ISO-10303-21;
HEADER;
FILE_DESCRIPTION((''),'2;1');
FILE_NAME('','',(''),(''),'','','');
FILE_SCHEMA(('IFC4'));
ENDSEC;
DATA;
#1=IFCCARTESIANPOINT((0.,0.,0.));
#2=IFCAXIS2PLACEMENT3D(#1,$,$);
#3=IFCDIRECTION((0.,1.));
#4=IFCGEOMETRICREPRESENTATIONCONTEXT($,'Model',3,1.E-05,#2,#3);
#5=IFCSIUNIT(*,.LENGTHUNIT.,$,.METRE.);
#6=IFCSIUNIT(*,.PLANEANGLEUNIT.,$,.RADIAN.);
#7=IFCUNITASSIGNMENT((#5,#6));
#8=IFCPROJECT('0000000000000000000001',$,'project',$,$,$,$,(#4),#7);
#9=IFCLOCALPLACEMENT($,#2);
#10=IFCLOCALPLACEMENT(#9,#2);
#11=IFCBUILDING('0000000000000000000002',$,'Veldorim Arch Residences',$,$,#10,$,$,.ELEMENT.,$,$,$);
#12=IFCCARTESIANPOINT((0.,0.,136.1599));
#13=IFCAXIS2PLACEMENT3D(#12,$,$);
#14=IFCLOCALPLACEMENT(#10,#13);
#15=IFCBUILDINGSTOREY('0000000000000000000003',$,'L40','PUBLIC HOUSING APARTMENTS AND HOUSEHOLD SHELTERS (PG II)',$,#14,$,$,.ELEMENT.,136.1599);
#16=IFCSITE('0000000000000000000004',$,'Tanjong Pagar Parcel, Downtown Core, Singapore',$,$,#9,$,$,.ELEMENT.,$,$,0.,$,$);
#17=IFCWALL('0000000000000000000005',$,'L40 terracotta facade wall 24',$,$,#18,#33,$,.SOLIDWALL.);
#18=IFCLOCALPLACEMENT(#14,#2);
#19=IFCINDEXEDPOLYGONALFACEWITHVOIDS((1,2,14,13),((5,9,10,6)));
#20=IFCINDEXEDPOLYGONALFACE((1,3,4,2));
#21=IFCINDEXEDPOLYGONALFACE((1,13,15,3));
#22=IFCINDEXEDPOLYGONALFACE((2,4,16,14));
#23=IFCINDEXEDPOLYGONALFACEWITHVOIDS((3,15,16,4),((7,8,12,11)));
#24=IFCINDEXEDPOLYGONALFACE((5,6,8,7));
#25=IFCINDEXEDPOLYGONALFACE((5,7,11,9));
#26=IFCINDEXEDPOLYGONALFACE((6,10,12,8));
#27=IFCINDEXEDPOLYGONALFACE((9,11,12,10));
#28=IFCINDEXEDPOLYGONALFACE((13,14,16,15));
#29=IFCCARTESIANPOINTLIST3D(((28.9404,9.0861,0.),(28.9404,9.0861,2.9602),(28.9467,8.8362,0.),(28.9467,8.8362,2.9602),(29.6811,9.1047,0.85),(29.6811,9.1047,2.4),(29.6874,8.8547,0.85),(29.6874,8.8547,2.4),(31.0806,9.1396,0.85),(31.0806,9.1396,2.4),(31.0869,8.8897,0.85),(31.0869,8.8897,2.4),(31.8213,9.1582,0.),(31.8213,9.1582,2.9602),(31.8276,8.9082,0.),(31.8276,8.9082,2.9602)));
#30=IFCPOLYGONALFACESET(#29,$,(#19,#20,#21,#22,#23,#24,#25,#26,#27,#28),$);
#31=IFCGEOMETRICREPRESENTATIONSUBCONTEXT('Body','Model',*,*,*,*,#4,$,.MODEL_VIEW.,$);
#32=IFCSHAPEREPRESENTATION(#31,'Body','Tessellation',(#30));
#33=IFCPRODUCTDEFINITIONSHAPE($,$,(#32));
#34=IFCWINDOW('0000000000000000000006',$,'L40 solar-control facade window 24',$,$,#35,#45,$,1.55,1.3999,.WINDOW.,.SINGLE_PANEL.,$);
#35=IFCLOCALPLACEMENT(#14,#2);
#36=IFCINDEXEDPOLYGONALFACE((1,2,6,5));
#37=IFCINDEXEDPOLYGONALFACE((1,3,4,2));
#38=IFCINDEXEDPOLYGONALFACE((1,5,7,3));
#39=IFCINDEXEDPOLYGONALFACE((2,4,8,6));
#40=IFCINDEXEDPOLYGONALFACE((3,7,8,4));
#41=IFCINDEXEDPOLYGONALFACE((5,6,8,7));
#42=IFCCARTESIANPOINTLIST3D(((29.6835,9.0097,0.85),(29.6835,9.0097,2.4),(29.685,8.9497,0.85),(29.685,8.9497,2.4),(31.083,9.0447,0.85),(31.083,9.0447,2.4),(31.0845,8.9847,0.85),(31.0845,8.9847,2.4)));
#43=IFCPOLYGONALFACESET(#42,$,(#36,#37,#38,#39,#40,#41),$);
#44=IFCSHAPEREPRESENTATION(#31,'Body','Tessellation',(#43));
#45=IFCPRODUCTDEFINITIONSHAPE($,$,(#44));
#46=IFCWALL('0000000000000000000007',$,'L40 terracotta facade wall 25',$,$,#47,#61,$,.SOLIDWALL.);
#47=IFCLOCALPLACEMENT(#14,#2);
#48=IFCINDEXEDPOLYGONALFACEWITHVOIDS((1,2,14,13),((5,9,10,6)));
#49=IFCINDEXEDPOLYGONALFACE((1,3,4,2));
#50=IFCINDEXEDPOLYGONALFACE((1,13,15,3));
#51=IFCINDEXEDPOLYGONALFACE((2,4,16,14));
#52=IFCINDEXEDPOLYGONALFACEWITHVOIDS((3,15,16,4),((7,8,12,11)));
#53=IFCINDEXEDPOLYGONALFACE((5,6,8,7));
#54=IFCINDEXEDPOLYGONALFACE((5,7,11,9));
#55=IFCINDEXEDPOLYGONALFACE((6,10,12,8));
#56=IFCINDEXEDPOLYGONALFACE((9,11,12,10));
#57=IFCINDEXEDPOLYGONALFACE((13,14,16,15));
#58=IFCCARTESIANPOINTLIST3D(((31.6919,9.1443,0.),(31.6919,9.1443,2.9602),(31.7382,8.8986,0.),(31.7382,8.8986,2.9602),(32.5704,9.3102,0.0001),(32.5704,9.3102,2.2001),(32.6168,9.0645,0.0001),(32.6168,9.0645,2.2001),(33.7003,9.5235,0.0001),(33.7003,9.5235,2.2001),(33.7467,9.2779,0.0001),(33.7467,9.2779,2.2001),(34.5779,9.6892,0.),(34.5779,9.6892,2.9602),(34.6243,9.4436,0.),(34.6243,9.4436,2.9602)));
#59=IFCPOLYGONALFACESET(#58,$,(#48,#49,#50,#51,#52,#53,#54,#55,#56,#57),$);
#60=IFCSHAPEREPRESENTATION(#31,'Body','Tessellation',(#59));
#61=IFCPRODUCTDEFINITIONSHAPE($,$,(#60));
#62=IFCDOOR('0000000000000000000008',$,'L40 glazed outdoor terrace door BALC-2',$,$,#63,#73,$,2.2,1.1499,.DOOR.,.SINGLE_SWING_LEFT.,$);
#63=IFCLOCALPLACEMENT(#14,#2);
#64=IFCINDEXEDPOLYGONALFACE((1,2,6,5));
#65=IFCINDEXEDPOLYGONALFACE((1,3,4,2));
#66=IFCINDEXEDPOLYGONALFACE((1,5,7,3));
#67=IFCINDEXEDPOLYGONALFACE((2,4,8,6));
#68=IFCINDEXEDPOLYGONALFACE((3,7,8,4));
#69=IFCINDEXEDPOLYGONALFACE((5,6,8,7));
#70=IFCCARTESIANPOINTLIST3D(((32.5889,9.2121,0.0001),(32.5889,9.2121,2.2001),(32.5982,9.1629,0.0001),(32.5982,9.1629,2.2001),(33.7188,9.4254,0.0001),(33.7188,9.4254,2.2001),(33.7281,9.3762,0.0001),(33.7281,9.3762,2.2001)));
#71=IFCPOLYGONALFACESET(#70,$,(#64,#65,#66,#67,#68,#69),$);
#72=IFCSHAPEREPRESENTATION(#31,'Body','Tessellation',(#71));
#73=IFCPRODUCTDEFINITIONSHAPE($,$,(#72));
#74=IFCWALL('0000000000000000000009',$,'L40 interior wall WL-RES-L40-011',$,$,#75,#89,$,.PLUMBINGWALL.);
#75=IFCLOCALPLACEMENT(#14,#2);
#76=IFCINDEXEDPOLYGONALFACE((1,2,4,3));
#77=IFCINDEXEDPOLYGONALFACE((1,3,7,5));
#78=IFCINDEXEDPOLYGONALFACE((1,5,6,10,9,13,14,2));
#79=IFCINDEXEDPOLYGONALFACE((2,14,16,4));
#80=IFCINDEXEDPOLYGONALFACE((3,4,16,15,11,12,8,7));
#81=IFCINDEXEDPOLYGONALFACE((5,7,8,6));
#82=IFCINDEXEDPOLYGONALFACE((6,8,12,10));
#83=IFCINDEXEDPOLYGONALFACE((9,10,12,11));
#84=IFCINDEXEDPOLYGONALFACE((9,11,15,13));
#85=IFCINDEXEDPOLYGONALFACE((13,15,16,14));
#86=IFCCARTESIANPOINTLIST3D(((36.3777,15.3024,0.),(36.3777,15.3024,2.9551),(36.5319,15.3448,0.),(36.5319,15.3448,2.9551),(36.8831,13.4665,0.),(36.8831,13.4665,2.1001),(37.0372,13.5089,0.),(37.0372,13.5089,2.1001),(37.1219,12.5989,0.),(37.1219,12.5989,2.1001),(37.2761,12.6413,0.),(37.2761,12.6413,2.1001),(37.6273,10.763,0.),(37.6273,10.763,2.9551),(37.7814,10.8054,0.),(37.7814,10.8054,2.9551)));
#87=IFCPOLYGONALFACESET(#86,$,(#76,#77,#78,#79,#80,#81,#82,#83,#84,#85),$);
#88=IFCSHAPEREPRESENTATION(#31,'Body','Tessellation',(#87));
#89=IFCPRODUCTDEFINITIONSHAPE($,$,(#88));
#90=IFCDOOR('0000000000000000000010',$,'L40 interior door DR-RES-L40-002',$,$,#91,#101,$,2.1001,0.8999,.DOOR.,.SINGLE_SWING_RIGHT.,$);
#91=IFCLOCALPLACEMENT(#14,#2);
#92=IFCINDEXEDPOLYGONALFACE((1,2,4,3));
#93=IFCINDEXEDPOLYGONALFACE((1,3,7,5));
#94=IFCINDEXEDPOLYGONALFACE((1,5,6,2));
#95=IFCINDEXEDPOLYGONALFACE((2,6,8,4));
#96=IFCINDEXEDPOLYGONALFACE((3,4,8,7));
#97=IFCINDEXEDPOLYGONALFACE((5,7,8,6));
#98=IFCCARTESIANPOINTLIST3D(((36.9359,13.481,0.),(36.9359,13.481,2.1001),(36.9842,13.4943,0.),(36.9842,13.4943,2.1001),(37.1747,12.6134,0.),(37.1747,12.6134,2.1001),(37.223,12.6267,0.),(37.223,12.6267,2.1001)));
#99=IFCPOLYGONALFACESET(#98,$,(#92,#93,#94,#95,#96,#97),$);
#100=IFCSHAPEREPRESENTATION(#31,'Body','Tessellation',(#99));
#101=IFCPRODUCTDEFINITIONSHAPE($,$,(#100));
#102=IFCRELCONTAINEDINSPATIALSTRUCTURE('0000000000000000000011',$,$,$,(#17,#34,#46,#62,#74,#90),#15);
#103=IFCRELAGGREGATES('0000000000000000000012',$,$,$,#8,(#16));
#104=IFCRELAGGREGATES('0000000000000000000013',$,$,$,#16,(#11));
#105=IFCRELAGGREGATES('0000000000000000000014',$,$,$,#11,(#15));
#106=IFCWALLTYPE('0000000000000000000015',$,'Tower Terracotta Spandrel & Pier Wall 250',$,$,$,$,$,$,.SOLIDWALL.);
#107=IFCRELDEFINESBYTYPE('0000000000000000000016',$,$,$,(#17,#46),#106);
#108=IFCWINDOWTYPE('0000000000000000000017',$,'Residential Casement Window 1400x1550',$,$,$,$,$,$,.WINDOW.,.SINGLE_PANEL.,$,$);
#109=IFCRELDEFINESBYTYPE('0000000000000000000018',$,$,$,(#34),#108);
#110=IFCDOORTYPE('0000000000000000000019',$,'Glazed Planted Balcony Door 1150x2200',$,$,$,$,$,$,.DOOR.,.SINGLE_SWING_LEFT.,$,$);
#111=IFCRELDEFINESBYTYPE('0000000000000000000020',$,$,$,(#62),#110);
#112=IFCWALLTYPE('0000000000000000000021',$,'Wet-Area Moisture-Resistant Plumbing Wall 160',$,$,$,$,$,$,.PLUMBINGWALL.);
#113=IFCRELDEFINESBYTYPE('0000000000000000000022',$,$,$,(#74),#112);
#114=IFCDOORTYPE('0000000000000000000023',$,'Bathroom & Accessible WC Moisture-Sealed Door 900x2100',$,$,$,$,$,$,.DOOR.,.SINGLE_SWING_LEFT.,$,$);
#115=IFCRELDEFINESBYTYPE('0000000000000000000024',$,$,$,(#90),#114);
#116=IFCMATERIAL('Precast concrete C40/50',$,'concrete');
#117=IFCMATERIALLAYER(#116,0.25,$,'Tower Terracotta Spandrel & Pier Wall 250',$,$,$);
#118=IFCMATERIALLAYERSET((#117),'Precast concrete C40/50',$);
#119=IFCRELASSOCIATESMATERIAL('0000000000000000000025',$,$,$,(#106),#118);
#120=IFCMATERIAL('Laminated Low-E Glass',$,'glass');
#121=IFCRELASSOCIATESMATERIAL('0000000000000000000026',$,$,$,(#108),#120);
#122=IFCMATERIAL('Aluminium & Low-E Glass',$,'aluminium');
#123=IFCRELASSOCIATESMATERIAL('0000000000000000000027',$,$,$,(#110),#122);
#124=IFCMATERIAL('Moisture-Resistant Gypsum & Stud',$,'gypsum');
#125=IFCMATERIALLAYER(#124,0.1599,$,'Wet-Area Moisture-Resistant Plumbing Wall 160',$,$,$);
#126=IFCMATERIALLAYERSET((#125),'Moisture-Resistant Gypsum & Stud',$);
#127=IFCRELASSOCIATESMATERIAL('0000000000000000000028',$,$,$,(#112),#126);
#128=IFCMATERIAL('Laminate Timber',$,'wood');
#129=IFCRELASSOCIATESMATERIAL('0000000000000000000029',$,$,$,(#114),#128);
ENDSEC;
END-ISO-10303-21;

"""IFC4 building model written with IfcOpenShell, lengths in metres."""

from ifc_helpers import new_model, si_unit, direction, frame, frame_2d, origin, place, context, subcontext, project, spatial, rectangle, extrude, material, layer, layer_set, type_object, element, fill, save


model = new_model("IFC4")

# Units and contexts
model_context = context("Model", 3, precision=1e-05, world=origin(), true_north=direction((0.0, 1.0)))
body_context = subcontext(model_context, "Body", "Model", "MODEL_VIEW")
ifc_project = project(units=[si_unit("LENGTHUNIT", "METRE"), si_unit("PLANEANGLEUNIT", "RADIAN")], contexts=[model_context])

# Site, building, storey
site_placement = place(None, origin())
site = spatial("IfcSite", under=ifc_project, at=site_placement, Name="Tanjong Pagar Parcel, Downtown Core, Singapore", CompositionType="ELEMENT", RefElevation=0.0)
building_placement = place(site_placement, origin())
building = spatial("IfcBuilding", under=site, at=building_placement, Name="Veldorim Arch Residences", CompositionType="ELEMENT")
storey_placement = place(building_placement, frame((0.0, 0.0, 136.1599)))
storey = spatial("IfcBuildingStorey", under=building, at=storey_placement, Name="L40", Description="PUBLIC HOUSING APARTMENTS AND HOUSEHOLD SHELTERS (PG II)", CompositionType="ELEMENT", Elevation=136.1599)

# Wall, opening, window
ifc_material_1 = material(Name="Precast concrete C40/50", Category="concrete")
ifc_layer_1 = layer(ifc_material_1, 0.25, Name="Tower Terracotta Spandrel & Pier Wall 250")
ifc_layer_set_1 = layer_set([ifc_layer_1], Name="Precast concrete C40/50")
wall_type_1 = type_object("IfcWallType", Name="Tower Terracotta Spandrel & Pier Wall 250", PredefinedType="SOLIDWALL", material=ifc_layer_set_1)
wall_1_placement = place(storey_placement, frame((31.8245, 9.0332, 0.0), z_axis=(0.0, 0.0, 1.0), x_axis=(-0.999688, -0.024992, 0.0)))
wall_1 = element("IfcWall", 1, at=wall_1_placement, inside=storey, type_object=wall_type_1, Name="L40 terracotta facade wall 24", PredefinedType="SOLIDWALL", context=body_context, shape_type="SweptSolid", body=[
    extrude(rectangle(XDim=2.8818, YDim=0.25, at=frame_2d((1.4409, 0.0))), origin(), (0.0, 0.0, 1.0), 2.9602),
])
opening_1_placement = place(wall_1_placement, frame((0.741, 0.0, 0.8501)))
opening_1 = element("IfcOpeningElement", 2, at=opening_1_placement, cuts=wall_1, PredefinedType="OPENING", context=body_context, shape_type="SweptSolid", body=[
    extrude(rectangle(XDim=1.3999, YDim=1.55, at=frame_2d((0.7, 0.7749))), frame((0.0, 0.135, 0.0), z_axis=(0.0, -1.0, 0.0), x_axis=(1.0, 0.0, 0.0)), (0.0, 0.0, 1.0), 0.27),
])
ifc_material_2 = material(Name="Laminated Low-E Glass", Category="glass")
window_type = type_object("IfcWindowType", Name="Residential Casement Window 1400x1550", PartitioningType="SINGLE_PANEL", PredefinedType="WINDOW", material=ifc_material_2)
window_placement = place(opening_1_placement, origin())
window = element("IfcWindow", 3, at=window_placement, inside=storey, type_object=window_type, Name="L40 solar-control facade window 24", OverallHeight=1.55, OverallWidth=1.3999, PartitioningType="SINGLE_PANEL", PredefinedType="WINDOW", context=body_context, shape_type="SweptSolid", body=[
    extrude(rectangle(XDim=1.3999, YDim=1.55, at=frame_2d((0.7, 0.7749))), frame((0.0, 0.03, 0.0), z_axis=(0.0, -1.0, 0.0), x_axis=(1.0, 0.0, 0.0)), (0.0, 0.0, 1.0), 0.0601),
])
fill(opening_1, window)

# Walls, openings, doors
wall_2_placement = place(storey_placement, frame((34.6011, 9.5664, 0.0), z_axis=(0.0, 0.0, 1.0), x_axis=(-0.982637, -0.185538, 0.0)))
wall_2 = element("IfcWall", 4, at=wall_2_placement, inside=storey, type_object=wall_type_1, Name="L40 terracotta facade wall 25", PredefinedType="SOLIDWALL", context=body_context, shape_type="SweptSolid", body=[
    extrude(rectangle(XDim=2.937, YDim=0.25, at=frame_2d((1.4685, 0.0))), origin(), (0.0, 0.0, 1.0), 2.9602),
])
opening_2_placement = place(wall_2_placement, frame((0.8931, 0.0, 0.0)))
opening_2 = element("IfcOpeningElement", 5, at=opening_2_placement, cuts=wall_2, PredefinedType="OPENING", context=body_context, shape_type="SweptSolid", body=[
    extrude(rectangle(XDim=1.1499, YDim=2.2, at=frame_2d((0.575, 1.1001))), frame((0.0, 0.135, 0.0), z_axis=(0.0, -1.0, 0.0), x_axis=(1.0, 0.0, 0.0)), (0.0, 0.0, 1.0), 0.27),
])
ifc_material_3 = material(Name="Aluminium & Low-E Glass", Category="aluminium")
door_type_1 = type_object("IfcDoorType", Name="Glazed Planted Balcony Door 1150x2200", OperationType="SINGLE_SWING_LEFT", PredefinedType="DOOR", material=ifc_material_3)
door_1_placement = place(opening_2_placement, origin())
door_1 = element("IfcDoor", 6, at=door_1_placement, inside=storey, type_object=door_type_1, Name="L40 glazed outdoor terrace door BALC-2", OperationType="SINGLE_SWING_LEFT", OverallHeight=2.2, OverallWidth=1.1499, PredefinedType="DOOR", context=body_context, shape_type="SweptSolid", body=[
    extrude(rectangle(XDim=1.1499, YDim=2.2, at=frame_2d((0.575, 1.1001))), frame((0.0, 0.0249, 0.0), z_axis=(0.0, -1.0, 0.0), x_axis=(1.0, 0.0, 0.0)), (0.0, 0.0, 1.0), 0.05),
])
fill(opening_2, door_1)
ifc_material_4 = material(Name="Moisture-Resistant Gypsum & Stud", Category="gypsum")
ifc_layer_2 = layer(ifc_material_4, 0.1599, Name="Wet-Area Moisture-Resistant Plumbing Wall 160")
ifc_layer_set_2 = layer_set([ifc_layer_2], Name="Moisture-Resistant Gypsum & Stud")
wall_type_2 = type_object("IfcWallType", Name="Wet-Area Moisture-Resistant Plumbing Wall 160", PredefinedType="PLUMBINGWALL", material=ifc_layer_set_2)
wall_3_placement = place(storey_placement, frame((36.4548, 15.3235, 0.0), z_axis=(0.0, 0.0, 1.0), x_axis=(0.265394, -0.96414, 0.0)))
wall_3 = element("IfcWall", 7, at=wall_3_placement, inside=storey, type_object=wall_type_2, Name="L40 interior wall WL-RES-L40-011", PredefinedType="PLUMBINGWALL", context=body_context, shape_type="SweptSolid", body=[
    extrude(rectangle(XDim=4.7083, YDim=0.1599, at=frame_2d((2.354, 0.0))), origin(), (0.0, 0.0, 1.0), 2.9551),
])
opening_3_placement = place(wall_3_placement, frame((1.9041, 0.0, 0.0)))
opening_3 = element("IfcOpeningElement", 8, at=opening_3_placement, cuts=wall_3, PredefinedType="OPENING", context=body_context, shape_type="SweptSolid", body=[
    extrude(rectangle(XDim=0.8999, YDim=2.1001, at=frame_2d((0.45, 1.05))), frame((0.0, 0.0898, 0.0), z_axis=(0.0, -1.0, 0.0), x_axis=(1.0, 0.0, 0.0)), (0.0, 0.0, 1.0), 0.1799),
])
ifc_material_5 = material(Name="Laminate Timber", Category="wood")
door_type_2 = type_object("IfcDoorType", Name="Bathroom & Accessible WC Moisture-Sealed Door 900x2100", OperationType="SINGLE_SWING_LEFT", PredefinedType="DOOR", material=ifc_material_5)
door_2_placement = place(opening_3_placement, origin())
door_2 = element("IfcDoor", 9, at=door_2_placement, inside=storey, type_object=door_type_2, Name="L40 interior door DR-RES-L40-002", OperationType="SINGLE_SWING_RIGHT", OverallHeight=2.1001, OverallWidth=0.8999, PredefinedType="DOOR", context=body_context, shape_type="SweptSolid", body=[
    extrude(rectangle(XDim=0.8999, YDim=2.1001, at=frame_2d((0.45, 1.05))), frame((0.0, 0.0249, 0.0), z_axis=(0.0, -1.0, 0.0), x_axis=(1.0, 0.0, 0.0)), (0.0, 0.0, 1.0), 0.05),
])
fill(opening_3, door_2)

save(model, "model.ifc")
